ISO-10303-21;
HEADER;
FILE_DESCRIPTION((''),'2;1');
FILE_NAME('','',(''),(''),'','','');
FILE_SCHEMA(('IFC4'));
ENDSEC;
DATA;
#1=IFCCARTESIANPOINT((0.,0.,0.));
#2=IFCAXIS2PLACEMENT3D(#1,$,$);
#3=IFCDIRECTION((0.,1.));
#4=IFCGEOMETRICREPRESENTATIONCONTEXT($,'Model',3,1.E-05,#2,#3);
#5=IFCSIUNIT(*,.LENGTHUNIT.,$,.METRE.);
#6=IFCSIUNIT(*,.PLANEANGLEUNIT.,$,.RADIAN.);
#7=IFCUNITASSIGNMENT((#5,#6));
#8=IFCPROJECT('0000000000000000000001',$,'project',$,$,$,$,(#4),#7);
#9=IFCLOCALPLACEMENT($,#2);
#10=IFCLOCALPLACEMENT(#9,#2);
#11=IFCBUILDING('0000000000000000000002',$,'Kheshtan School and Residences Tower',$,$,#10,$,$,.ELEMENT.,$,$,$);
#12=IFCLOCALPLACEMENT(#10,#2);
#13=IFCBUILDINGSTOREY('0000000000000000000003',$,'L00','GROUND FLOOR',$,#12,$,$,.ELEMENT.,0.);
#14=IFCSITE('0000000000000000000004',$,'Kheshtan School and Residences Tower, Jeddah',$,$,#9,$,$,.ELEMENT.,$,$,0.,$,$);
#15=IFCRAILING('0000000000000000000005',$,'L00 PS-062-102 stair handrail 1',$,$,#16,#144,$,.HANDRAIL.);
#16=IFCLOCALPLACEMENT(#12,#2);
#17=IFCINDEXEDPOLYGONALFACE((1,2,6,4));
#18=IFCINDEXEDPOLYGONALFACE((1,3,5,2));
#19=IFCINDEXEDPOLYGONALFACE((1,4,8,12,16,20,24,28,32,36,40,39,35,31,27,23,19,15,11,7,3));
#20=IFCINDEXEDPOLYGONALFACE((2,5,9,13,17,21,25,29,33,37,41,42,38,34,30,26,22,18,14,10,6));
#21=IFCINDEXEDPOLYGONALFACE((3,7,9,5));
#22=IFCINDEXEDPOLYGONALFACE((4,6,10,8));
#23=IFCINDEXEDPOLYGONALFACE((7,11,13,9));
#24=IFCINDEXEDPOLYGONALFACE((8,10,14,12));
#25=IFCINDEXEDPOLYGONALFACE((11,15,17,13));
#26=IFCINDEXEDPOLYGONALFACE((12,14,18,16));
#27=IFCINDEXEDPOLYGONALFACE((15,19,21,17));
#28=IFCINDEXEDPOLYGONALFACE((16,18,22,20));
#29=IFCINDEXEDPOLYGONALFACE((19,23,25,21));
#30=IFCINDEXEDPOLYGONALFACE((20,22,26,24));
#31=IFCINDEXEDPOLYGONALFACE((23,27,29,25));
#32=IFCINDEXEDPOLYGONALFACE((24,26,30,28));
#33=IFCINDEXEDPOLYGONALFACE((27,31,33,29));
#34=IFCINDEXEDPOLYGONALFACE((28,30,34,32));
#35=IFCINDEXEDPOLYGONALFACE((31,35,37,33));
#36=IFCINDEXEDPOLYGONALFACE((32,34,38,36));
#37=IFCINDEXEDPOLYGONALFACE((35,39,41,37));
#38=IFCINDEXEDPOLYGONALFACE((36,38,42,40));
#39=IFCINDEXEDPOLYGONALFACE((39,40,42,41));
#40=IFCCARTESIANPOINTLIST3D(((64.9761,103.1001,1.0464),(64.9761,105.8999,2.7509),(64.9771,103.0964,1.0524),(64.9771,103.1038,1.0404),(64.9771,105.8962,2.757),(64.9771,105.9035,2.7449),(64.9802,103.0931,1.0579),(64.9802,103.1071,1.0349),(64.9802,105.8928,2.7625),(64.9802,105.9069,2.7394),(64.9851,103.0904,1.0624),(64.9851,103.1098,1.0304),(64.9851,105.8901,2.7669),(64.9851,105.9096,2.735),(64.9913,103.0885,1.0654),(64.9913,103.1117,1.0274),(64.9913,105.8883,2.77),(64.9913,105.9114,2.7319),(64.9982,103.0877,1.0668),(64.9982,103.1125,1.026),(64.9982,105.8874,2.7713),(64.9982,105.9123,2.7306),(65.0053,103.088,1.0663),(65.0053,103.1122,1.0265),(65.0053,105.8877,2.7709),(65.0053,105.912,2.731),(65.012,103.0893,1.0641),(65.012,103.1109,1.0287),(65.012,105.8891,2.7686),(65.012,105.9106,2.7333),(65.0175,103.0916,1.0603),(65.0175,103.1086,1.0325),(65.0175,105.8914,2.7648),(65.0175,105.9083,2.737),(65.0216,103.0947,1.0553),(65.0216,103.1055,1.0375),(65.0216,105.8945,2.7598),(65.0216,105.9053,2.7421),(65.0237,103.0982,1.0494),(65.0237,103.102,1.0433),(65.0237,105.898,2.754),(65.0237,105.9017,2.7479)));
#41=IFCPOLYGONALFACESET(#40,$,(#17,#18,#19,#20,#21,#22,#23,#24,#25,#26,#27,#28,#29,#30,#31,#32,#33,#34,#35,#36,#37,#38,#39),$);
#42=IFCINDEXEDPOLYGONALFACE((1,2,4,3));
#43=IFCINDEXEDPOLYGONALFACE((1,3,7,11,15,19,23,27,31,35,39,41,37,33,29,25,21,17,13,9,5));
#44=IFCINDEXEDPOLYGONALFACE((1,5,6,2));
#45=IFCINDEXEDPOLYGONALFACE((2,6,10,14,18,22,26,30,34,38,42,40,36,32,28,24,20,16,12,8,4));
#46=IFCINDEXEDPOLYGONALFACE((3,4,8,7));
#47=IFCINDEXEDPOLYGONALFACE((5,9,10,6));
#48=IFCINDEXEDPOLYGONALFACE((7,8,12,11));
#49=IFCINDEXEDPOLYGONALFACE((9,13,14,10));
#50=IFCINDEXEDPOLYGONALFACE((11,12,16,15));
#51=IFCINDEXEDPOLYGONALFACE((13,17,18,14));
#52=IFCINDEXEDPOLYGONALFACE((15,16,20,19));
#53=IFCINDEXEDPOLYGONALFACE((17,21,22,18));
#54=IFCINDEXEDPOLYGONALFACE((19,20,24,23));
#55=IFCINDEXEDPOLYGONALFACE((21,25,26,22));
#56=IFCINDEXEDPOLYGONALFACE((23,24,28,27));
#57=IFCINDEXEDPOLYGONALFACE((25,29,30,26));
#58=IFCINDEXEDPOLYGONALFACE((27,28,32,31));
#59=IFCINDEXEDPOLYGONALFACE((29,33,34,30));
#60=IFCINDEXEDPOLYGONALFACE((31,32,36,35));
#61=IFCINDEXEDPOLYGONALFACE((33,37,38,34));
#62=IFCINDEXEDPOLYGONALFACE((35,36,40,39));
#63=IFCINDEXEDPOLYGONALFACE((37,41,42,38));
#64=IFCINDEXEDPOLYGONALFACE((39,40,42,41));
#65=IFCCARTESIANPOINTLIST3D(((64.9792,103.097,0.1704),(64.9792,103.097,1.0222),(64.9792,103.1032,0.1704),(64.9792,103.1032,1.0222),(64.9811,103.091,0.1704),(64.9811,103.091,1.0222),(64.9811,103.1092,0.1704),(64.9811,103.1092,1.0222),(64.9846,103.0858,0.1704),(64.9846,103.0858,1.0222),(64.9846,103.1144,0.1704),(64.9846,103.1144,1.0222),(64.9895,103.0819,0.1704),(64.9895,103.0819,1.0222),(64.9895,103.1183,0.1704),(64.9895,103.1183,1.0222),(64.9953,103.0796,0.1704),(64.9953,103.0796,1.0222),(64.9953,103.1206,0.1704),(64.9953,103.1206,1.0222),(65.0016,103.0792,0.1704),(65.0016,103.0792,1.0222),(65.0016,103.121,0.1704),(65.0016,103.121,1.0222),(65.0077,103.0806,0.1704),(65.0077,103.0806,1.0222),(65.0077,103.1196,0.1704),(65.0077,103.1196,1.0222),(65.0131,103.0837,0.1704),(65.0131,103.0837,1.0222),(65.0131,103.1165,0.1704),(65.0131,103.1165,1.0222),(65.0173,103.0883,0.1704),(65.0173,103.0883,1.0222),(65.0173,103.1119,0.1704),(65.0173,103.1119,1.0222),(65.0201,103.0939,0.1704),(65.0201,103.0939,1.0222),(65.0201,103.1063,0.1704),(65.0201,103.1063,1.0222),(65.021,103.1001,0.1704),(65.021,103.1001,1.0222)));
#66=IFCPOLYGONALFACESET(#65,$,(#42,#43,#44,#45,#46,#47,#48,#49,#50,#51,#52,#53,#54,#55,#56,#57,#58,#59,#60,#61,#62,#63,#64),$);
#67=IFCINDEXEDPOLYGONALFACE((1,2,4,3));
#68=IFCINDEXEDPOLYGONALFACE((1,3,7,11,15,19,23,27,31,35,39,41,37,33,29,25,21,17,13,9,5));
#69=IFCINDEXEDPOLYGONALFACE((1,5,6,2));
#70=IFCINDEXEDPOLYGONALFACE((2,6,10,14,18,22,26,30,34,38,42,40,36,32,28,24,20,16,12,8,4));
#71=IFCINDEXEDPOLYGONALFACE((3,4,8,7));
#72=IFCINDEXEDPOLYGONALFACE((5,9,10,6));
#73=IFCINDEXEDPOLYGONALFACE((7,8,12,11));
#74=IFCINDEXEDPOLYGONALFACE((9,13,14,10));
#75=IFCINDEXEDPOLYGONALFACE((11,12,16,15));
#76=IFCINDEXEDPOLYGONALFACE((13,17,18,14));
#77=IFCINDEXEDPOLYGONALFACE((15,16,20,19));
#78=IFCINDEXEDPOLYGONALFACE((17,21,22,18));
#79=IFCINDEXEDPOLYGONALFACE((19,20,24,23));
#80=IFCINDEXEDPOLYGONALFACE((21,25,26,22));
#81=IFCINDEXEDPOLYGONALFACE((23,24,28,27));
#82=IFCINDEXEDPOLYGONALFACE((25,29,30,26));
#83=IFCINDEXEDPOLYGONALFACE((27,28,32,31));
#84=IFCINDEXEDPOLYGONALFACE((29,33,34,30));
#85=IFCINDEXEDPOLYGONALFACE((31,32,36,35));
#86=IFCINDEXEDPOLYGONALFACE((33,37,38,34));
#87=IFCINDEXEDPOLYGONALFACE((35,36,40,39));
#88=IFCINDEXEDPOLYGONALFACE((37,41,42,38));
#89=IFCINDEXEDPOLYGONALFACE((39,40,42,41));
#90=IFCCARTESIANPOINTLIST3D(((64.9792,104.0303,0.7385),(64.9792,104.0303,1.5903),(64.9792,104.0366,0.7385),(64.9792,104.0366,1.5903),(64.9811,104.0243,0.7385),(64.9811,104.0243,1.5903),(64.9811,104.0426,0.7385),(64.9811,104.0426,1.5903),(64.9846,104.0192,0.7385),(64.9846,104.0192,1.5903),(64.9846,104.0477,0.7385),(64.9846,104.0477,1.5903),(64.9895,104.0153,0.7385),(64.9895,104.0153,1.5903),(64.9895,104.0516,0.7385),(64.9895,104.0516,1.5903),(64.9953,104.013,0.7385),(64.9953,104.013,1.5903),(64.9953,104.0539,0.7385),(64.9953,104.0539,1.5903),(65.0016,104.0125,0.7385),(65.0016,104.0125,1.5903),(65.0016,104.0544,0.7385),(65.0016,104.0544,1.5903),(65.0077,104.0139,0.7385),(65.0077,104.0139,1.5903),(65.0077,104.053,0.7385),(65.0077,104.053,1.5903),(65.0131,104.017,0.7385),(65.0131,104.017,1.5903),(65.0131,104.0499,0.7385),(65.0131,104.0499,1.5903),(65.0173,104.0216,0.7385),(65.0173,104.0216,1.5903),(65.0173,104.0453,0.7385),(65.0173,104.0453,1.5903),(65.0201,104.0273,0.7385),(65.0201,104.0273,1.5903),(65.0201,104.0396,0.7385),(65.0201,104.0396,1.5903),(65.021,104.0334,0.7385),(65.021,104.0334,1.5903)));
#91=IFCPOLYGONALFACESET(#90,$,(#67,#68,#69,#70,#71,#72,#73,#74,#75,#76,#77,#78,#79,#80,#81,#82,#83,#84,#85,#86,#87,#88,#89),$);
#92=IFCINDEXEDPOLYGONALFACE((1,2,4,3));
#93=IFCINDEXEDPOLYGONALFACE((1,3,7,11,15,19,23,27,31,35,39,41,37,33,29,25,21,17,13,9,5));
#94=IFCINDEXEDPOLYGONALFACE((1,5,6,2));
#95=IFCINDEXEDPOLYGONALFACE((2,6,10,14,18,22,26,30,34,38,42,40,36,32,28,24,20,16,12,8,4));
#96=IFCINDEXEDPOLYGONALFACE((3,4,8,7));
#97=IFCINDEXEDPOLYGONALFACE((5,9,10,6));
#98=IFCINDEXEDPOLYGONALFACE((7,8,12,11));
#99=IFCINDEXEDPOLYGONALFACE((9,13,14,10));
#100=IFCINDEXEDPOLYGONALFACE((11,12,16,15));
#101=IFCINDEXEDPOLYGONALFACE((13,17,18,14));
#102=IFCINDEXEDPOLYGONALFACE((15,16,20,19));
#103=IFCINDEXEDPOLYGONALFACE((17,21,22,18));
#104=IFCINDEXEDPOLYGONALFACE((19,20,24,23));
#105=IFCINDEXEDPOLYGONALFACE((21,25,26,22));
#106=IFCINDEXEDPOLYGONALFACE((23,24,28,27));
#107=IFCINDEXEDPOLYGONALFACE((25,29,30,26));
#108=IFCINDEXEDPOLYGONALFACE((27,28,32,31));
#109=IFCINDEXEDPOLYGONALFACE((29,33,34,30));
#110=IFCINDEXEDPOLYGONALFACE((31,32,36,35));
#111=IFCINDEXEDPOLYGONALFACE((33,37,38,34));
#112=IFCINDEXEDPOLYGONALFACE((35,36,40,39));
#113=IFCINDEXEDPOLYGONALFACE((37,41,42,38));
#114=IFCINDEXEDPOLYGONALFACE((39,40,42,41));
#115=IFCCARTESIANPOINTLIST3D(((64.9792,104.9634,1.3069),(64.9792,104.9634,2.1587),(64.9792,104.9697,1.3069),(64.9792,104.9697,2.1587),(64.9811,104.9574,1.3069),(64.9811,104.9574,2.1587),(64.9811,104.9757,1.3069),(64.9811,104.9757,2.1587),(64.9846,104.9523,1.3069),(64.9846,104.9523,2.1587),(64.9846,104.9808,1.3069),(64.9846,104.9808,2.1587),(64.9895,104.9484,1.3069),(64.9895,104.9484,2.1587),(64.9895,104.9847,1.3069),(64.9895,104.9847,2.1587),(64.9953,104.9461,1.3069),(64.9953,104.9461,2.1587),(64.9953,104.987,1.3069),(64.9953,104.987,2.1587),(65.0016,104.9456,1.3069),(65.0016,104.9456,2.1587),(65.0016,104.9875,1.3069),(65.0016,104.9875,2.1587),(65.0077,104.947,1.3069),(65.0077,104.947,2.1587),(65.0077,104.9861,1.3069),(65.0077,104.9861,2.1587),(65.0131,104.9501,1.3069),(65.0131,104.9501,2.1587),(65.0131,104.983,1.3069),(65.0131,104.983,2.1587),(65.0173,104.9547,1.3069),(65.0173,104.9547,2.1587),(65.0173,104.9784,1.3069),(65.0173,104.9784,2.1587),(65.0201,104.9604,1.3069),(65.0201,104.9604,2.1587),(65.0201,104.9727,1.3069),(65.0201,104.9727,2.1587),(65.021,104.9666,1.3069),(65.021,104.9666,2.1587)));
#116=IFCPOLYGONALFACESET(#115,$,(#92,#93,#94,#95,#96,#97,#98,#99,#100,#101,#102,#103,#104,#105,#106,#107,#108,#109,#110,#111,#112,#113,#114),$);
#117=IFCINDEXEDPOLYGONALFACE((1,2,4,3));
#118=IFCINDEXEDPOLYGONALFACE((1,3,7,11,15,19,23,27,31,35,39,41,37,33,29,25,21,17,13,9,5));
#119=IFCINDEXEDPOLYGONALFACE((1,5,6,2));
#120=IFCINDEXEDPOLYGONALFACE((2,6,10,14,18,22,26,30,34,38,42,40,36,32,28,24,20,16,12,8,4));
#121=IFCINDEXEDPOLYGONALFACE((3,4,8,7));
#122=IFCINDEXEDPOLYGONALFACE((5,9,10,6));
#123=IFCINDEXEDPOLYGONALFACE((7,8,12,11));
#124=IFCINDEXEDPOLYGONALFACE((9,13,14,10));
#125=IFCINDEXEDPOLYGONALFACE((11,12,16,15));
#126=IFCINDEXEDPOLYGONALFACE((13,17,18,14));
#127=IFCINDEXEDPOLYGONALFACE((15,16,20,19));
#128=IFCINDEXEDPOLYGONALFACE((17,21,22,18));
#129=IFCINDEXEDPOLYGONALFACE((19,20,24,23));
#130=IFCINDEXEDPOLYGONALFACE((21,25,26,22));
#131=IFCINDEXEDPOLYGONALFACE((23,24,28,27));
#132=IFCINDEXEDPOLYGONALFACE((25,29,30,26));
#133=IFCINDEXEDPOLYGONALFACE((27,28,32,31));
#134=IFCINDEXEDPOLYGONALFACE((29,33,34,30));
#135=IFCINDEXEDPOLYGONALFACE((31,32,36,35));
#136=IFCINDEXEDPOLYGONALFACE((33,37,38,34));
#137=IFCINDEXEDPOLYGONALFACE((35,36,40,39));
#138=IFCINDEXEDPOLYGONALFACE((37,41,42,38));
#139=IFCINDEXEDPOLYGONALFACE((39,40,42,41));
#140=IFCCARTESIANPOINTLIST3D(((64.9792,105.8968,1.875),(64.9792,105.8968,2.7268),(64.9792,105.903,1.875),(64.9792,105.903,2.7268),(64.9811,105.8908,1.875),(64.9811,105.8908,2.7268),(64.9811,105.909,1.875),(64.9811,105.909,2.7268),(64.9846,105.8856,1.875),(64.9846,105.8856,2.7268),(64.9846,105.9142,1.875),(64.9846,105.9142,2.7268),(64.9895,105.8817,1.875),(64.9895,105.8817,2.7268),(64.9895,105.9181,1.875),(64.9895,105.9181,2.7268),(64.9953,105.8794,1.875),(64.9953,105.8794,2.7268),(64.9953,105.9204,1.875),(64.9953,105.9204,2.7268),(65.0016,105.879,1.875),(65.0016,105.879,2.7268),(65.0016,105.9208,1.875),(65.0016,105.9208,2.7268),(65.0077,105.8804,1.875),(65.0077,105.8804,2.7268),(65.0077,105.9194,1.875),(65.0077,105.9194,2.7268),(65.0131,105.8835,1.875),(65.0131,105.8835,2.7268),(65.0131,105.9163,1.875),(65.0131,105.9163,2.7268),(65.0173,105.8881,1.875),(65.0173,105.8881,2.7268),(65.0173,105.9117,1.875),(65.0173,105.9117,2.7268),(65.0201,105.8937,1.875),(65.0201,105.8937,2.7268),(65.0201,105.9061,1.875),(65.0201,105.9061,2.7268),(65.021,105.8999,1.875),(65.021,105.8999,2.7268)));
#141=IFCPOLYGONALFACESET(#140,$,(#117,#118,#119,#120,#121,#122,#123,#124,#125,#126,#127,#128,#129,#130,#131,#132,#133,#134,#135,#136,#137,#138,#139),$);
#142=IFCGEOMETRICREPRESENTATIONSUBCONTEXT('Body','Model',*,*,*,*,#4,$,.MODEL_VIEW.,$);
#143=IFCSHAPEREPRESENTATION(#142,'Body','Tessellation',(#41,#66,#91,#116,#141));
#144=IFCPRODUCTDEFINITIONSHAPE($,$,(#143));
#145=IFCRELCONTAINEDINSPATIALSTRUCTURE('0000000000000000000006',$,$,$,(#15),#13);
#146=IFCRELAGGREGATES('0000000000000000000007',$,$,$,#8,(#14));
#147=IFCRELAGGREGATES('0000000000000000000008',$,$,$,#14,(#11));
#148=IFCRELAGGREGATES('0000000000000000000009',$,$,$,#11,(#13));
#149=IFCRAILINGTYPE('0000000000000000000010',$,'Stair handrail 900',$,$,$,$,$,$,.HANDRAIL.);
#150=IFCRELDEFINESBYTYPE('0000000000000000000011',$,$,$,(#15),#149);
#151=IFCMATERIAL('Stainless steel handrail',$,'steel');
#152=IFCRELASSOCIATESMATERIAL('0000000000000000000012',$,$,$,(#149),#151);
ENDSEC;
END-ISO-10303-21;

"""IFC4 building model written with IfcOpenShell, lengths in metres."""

from ifc_helpers import new_model, si_unit, direction, frame, origin, origin_2d, place, context, subcontext, project, spatial, circle, extrude, material, type_object, element, save


model = new_model("IFC4")

# Units and contexts
model_context = context("Model", 3, precision=1e-05, world=origin(), true_north=direction((0.0, 1.0)))
body_context = subcontext(model_context, "Body", "Model", "MODEL_VIEW")
ifc_project = project(units=[si_unit("LENGTHUNIT", "METRE"), si_unit("PLANEANGLEUNIT", "RADIAN")], contexts=[model_context])

# Site, building, storey
site_placement = place(None, origin())
site = spatial("IfcSite", under=ifc_project, at=site_placement, Name="Kheshtan School and Residences Tower, Jeddah", CompositionType="ELEMENT", RefElevation=0.0)
building_placement = place(site_placement, origin())
building = spatial("IfcBuilding", under=site, at=building_placement, Name="Kheshtan School and Residences Tower", CompositionType="ELEMENT")
storey_placement = place(building_placement, origin())
storey = spatial("IfcBuildingStorey", under=building, at=storey_placement, Name="L00", Description="GROUND FLOOR", CompositionType="ELEMENT", Elevation=0.0)

# Railing
ifc_material_1 = material(Name="Stainless steel handrail", Category="steel")
railing_type_1 = type_object("IfcRailingType", Name="Stair handrail 900", PredefinedType="HANDRAIL", material=ifc_material_1)
railing_1_placement = place(storey_placement, frame((65.0, 103.1001, 0.1704)))
element("IfcRailing", 1, at=railing_1_placement, inside=storey, type_object=railing_type_1, Name="L00 PS-062-102 stair handrail 1", PredefinedType="HANDRAIL", context=body_context, shape_type="SweptSolid", body=[
    extrude(circle(Radius=0.0239, at=origin_2d()), frame((0.0, 0.0, 0.876), z_axis=(0.0, 0.85415, 0.520027), x_axis=(-1.0, 0.0, 0.0)), (0.0, 0.0, 1.0), 3.2778),
    extrude(circle(Radius=0.021, at=origin_2d()), origin(), (0.0, 0.0, 1.0), 0.8518),
    extrude(circle(Radius=0.021, at=origin_2d()), frame((0.0, 0.9333, 0.5681)), (0.0, 0.0, 1.0), 0.8518),
    extrude(circle(Radius=0.021, at=origin_2d()), frame((0.0, 1.8665, 1.1365)), (0.0, 0.0, 1.0), 0.8518),
    extrude(circle(Radius=0.021, at=origin_2d()), frame((0.0, 2.7998, 1.7046)), (0.0, 0.0, 1.0), 0.8518),
])

save(model, "model.ifc")
